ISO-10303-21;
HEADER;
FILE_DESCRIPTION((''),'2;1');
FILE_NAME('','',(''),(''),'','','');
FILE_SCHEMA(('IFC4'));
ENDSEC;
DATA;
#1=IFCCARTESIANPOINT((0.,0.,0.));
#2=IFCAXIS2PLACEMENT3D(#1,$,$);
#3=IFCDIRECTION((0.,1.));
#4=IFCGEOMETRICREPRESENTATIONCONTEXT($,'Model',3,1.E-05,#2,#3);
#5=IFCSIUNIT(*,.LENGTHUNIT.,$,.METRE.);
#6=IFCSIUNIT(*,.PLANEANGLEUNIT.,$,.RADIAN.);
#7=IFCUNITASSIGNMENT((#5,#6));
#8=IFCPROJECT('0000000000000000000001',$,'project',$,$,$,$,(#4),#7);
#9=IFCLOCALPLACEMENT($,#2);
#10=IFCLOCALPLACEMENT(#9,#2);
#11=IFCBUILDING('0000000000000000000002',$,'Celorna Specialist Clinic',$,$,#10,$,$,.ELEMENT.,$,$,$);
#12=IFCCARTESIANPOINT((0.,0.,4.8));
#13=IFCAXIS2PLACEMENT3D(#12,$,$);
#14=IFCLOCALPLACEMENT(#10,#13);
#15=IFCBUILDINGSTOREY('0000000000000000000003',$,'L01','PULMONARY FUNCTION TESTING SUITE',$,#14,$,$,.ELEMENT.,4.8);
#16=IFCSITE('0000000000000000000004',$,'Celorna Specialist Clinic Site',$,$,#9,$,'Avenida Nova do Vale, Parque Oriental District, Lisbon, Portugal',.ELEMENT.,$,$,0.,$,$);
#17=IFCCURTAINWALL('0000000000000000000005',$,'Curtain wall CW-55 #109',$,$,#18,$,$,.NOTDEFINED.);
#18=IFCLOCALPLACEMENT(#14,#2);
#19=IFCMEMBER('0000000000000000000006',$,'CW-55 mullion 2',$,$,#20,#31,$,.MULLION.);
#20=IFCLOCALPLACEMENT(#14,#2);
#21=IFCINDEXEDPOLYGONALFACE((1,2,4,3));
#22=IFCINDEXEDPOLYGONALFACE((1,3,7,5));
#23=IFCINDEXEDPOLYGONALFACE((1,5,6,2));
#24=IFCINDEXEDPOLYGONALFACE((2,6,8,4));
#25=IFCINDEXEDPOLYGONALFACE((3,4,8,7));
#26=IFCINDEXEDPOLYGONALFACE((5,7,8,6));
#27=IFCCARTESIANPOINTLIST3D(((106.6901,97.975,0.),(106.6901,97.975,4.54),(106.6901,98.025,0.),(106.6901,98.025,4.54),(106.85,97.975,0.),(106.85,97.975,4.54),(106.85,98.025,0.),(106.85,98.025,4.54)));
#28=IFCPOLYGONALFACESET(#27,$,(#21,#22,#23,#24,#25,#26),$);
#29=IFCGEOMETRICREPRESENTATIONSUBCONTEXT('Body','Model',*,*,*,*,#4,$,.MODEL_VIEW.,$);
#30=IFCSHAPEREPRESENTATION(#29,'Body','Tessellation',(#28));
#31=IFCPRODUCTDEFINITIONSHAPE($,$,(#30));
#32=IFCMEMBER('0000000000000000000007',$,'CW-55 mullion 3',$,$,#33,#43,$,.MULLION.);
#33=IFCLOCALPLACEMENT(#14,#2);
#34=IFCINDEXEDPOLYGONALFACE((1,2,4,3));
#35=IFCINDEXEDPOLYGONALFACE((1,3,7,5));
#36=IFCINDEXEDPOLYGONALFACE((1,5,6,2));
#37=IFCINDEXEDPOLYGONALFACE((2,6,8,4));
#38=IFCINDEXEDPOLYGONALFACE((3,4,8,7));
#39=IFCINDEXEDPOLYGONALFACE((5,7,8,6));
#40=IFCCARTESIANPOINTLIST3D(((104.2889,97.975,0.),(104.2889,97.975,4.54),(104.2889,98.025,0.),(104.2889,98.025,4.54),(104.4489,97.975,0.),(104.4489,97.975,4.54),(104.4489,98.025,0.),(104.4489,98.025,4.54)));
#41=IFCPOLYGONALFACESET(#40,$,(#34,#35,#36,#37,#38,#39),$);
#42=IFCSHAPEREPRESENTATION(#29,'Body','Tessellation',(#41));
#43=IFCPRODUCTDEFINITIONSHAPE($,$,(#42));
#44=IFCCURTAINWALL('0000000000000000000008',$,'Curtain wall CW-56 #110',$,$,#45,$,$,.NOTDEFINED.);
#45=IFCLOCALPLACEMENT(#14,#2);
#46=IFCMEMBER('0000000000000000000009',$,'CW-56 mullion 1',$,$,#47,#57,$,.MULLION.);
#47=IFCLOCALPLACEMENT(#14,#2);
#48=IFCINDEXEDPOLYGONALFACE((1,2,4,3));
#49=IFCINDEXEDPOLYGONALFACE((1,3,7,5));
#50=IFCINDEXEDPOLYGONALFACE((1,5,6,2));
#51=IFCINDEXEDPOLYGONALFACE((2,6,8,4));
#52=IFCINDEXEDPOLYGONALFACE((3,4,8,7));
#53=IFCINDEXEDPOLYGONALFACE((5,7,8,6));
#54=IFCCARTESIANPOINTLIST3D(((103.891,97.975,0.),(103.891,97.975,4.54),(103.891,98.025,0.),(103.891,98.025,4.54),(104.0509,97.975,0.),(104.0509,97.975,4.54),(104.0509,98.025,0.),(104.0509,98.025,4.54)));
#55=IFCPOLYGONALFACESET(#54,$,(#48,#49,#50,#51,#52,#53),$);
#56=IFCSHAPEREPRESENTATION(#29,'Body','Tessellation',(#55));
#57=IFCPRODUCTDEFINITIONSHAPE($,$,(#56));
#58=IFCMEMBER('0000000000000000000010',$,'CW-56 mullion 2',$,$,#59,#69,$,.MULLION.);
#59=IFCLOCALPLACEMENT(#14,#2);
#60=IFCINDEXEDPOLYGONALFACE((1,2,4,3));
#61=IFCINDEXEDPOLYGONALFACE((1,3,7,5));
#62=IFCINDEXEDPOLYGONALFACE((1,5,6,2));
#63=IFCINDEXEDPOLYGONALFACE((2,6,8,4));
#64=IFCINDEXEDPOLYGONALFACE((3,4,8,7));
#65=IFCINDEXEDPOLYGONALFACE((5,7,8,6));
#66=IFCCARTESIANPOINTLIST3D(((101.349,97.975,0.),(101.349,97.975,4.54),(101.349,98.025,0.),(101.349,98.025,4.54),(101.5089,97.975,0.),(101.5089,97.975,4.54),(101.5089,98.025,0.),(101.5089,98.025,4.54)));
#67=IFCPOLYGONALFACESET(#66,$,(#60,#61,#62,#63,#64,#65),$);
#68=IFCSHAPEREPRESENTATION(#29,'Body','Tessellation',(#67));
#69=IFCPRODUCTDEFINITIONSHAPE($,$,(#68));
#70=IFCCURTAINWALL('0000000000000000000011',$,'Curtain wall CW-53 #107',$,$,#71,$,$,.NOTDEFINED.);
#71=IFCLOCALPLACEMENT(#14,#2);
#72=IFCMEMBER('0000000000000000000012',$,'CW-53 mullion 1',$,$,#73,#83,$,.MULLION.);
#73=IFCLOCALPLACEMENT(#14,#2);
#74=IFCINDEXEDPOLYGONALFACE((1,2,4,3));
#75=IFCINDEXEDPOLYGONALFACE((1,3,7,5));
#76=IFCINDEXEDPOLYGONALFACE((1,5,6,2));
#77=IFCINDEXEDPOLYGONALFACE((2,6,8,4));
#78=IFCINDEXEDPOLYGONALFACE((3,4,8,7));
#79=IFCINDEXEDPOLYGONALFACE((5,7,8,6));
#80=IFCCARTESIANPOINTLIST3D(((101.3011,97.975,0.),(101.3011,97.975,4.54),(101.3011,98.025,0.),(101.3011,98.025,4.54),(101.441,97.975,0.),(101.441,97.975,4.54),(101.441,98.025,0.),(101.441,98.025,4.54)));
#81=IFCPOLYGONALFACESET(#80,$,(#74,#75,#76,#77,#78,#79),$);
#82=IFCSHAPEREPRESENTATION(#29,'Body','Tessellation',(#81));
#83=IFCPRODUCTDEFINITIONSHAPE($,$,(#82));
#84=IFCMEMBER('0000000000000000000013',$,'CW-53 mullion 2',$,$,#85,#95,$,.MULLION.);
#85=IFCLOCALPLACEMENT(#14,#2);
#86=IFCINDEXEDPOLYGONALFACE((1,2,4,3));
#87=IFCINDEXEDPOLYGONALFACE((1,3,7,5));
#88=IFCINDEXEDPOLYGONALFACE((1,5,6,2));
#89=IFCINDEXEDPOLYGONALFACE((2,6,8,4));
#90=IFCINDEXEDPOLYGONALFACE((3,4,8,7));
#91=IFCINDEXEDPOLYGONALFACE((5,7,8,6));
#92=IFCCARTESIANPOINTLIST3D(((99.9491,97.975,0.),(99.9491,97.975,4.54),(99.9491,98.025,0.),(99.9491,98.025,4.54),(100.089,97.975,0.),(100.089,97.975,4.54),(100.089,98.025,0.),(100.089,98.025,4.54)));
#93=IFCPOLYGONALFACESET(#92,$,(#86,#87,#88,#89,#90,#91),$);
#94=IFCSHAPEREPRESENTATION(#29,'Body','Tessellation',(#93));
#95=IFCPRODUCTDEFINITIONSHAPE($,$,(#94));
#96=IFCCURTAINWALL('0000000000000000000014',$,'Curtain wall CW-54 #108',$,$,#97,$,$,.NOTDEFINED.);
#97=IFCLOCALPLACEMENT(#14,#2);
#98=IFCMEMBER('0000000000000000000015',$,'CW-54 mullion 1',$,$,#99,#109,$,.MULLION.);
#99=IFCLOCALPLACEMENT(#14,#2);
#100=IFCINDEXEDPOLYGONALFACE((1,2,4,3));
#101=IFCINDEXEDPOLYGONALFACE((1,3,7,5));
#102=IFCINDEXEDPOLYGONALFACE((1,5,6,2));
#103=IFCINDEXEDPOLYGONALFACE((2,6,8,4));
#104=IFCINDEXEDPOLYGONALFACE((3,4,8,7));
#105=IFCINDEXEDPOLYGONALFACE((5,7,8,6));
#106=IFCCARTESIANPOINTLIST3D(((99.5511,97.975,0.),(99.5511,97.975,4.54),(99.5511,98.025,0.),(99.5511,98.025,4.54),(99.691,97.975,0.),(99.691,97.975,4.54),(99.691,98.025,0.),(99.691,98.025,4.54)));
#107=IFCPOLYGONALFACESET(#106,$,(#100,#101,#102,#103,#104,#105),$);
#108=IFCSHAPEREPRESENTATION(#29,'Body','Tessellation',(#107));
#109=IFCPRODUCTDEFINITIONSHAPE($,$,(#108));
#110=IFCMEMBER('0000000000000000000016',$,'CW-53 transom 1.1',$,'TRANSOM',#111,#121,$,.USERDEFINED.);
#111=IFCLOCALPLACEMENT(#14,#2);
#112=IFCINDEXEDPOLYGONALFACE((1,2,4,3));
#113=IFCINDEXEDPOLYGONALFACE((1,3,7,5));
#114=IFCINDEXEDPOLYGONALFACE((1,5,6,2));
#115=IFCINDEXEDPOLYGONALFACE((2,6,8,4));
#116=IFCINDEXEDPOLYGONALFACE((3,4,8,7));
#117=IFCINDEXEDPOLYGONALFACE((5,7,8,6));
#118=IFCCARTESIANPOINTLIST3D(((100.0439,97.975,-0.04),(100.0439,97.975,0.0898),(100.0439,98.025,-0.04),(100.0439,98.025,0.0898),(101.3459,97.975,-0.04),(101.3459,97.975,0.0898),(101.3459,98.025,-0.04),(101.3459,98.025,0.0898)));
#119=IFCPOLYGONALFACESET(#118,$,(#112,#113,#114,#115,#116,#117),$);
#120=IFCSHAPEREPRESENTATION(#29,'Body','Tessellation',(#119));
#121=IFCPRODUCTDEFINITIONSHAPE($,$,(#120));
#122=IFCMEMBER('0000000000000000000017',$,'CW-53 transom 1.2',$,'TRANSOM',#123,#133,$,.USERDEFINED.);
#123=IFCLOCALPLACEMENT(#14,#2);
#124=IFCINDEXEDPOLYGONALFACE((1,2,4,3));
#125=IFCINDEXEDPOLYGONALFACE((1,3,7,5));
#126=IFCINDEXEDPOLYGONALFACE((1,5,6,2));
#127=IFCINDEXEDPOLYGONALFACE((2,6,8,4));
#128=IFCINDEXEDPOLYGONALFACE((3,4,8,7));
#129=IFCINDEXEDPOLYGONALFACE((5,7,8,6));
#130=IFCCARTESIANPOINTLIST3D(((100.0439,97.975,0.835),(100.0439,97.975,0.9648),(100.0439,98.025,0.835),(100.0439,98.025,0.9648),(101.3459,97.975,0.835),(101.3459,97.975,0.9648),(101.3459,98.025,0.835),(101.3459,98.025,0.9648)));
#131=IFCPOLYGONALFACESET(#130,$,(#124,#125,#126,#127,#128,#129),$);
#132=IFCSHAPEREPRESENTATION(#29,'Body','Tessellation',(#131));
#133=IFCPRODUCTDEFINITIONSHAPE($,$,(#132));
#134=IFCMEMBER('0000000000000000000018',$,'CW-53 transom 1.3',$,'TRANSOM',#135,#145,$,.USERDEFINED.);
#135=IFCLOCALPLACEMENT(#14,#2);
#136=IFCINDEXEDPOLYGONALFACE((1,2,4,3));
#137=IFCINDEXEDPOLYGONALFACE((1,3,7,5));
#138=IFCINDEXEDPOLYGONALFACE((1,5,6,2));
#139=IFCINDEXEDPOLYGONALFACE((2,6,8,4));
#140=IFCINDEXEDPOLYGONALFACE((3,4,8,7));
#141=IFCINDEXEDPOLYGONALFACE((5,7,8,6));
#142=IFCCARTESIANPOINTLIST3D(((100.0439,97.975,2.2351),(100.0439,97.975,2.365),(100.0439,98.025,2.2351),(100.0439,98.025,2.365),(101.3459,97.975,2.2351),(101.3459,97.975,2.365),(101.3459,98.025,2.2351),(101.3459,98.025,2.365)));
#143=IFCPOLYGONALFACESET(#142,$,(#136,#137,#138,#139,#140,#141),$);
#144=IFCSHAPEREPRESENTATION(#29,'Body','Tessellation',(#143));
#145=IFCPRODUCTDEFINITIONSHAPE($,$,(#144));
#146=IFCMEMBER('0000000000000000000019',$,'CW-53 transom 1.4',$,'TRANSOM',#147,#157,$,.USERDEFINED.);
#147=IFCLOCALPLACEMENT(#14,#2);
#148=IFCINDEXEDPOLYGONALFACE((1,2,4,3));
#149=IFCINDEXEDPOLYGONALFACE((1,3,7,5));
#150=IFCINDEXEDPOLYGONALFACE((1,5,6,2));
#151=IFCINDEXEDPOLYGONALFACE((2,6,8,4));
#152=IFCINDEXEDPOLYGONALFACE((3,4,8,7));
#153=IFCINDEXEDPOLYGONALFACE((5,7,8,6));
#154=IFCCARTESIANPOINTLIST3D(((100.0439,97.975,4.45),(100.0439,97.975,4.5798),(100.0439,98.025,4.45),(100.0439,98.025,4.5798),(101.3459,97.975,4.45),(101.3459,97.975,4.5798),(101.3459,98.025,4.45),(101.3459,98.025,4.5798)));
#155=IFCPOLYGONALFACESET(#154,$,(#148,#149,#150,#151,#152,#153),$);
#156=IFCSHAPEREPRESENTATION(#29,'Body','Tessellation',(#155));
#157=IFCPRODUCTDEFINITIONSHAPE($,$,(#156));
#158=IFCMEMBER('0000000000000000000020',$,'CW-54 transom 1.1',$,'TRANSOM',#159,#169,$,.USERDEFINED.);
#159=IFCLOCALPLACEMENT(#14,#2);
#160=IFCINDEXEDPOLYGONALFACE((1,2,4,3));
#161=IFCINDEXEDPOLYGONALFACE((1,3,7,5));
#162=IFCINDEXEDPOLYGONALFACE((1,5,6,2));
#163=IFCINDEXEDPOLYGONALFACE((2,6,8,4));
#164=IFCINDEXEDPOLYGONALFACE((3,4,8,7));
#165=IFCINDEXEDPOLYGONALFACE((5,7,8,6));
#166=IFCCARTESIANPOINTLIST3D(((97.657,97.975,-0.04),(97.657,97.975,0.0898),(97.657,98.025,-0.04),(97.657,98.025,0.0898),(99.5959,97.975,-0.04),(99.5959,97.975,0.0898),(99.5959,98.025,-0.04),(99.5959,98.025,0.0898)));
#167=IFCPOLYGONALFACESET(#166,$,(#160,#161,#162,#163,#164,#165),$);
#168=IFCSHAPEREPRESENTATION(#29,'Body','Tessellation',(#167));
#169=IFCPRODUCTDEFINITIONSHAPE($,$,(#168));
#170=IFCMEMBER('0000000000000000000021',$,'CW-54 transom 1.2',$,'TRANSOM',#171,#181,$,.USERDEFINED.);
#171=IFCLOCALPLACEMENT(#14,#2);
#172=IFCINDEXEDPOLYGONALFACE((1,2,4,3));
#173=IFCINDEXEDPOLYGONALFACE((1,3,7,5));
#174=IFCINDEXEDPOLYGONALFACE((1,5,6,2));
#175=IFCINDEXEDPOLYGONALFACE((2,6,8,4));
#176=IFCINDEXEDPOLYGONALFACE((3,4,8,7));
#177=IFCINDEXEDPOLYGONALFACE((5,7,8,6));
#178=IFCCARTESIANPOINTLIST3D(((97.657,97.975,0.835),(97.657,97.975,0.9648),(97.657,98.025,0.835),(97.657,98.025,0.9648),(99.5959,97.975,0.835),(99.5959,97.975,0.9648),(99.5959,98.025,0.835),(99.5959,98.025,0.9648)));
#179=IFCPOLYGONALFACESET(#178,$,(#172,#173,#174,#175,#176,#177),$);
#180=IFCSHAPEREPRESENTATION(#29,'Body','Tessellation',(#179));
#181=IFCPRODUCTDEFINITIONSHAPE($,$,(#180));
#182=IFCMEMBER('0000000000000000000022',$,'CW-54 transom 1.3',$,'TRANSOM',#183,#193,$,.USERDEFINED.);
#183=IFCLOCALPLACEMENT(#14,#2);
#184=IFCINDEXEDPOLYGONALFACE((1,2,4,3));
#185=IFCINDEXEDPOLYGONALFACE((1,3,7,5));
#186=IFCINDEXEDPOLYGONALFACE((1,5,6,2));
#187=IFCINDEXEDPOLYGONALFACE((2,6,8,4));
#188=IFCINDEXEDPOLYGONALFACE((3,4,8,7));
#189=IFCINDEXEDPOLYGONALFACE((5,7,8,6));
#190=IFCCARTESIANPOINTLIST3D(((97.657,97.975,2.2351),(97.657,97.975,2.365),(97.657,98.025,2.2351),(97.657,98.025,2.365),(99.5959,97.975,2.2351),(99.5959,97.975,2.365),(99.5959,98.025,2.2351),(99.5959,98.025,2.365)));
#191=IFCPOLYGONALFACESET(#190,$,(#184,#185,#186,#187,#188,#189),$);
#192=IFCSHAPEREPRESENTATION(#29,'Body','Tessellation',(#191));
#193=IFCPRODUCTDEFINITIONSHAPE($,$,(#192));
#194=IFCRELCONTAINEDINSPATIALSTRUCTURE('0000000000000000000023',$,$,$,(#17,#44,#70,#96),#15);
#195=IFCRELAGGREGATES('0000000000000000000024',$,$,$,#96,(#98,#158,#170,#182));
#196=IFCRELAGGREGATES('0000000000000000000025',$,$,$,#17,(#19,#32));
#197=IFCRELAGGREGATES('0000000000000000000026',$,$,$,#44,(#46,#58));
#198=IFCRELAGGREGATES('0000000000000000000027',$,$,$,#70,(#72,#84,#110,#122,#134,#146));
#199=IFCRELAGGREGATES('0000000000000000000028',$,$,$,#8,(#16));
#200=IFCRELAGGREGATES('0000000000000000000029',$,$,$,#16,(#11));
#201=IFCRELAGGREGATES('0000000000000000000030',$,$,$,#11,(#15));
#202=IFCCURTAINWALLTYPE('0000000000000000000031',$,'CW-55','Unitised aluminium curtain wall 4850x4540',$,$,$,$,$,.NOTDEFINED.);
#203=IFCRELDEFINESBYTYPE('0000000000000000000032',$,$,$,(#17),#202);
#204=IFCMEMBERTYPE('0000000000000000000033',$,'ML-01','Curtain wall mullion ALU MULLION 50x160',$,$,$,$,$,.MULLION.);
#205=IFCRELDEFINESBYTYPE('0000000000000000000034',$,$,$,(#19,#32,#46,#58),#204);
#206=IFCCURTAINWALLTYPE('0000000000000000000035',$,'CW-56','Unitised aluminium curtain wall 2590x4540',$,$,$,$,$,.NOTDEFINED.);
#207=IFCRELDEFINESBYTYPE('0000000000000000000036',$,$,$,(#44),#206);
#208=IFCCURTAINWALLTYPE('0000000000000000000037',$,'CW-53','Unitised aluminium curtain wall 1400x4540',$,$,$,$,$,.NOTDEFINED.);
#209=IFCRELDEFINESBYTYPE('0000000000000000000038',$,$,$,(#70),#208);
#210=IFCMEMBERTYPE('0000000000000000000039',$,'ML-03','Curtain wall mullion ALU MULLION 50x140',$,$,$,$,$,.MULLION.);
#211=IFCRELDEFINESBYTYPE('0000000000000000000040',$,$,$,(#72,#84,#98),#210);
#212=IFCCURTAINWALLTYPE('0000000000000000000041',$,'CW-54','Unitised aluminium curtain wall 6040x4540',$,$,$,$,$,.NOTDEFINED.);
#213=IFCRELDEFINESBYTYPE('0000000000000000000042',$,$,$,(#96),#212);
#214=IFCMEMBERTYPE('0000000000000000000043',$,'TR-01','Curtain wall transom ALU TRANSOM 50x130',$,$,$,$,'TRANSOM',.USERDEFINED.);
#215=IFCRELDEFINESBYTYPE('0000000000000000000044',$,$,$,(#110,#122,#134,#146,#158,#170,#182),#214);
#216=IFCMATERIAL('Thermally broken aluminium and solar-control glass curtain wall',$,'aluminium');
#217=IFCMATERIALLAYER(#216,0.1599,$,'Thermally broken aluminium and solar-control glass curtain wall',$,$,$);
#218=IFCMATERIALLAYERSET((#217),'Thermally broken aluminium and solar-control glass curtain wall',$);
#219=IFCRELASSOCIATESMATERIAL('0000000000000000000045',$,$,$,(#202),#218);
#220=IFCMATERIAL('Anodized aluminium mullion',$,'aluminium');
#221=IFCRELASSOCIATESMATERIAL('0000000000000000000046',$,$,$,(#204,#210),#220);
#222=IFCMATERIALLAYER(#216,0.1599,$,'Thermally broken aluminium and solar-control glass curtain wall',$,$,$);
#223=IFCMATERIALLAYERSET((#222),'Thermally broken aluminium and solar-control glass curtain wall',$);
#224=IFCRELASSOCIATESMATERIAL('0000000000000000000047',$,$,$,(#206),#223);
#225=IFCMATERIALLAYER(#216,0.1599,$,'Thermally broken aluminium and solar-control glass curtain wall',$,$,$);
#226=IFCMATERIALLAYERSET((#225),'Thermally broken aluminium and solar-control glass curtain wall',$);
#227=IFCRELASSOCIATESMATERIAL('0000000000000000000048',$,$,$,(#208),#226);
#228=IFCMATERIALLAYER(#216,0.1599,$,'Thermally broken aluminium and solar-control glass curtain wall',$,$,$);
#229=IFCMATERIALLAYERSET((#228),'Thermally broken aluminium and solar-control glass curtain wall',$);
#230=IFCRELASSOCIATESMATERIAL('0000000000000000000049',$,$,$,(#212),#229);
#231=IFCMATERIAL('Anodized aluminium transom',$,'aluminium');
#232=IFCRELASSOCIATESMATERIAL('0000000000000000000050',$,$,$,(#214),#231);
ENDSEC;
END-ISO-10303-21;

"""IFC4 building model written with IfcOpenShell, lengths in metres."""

from ifc_helpers import new_model, si_unit, direction, frame, origin, origin_2d, place, context, subcontext, project, spatial, rectangle, extrude, material, layer, layer_set, material_profile, profile_set, type_object, element, aggregate, save


model = new_model("IFC4")

# Units and contexts
model_context = context("Model", 3, precision=1e-05, world=origin(), true_north=direction((0.0, 1.0)))
body_context = subcontext(model_context, "Body", "Model", "MODEL_VIEW")
ifc_project = project(units=[si_unit("LENGTHUNIT", "METRE"), si_unit("PLANEANGLEUNIT", "RADIAN")], contexts=[model_context])

# Site, building, storey
site_placement = place(None, origin())
site = spatial("IfcSite", under=ifc_project, at=site_placement, Name="Celorna Specialist Clinic Site", LongName="Avenida Nova do Vale, Parque Oriental District, Lisbon, Portugal", CompositionType="ELEMENT", RefElevation=0.0)
building_placement = place(site_placement, origin())
building = spatial("IfcBuilding", under=site, at=building_placement, Name="Celorna Specialist Clinic", CompositionType="ELEMENT")
storey_placement = place(building_placement, frame((0.0, 0.0, 4.8)))
storey = spatial("IfcBuildingStorey", under=building, at=storey_placement, Name="L01", Description="PULMONARY FUNCTION TESTING SUITE", CompositionType="ELEMENT", Elevation=4.8)

# Curtain walls, members
ifc_material_1 = material(Name="Thermally broken aluminium and solar-control glass curtain wall", Category="aluminium")
ifc_layer_1 = layer(ifc_material_1, 0.1599, Name="Thermally broken aluminium and solar-control glass curtain wall")
ifc_layer_set_1 = layer_set([ifc_layer_1], Name="Thermally broken aluminium and solar-control glass curtain wall")
curtain_wall_type_1 = type_object("IfcCurtainWallType", Name="CW-55", Description="Unitised aluminium curtain wall 4850x4540", PredefinedType="NOTDEFINED", material=ifc_layer_set_1)
curtain_wall_1_placement = place(storey_placement, origin())
curtain_wall_1 = element("IfcCurtainWall", 1, at=curtain_wall_1_placement, inside=storey, type_object=curtain_wall_type_1, Name="Curtain wall CW-55 #109", PredefinedType="NOTDEFINED")
ifc_material_2 = material(Name="Anodized aluminium mullion", Category="aluminium")
ifc_material_profile_1 = material_profile(ifc_material_2, rectangle(XDim=0.05, YDim=0.1599, at=origin_2d()), Name="ALU MULLION 50x160")
ifc_profile_set_1 = profile_set([ifc_material_profile_1], Name="Anodized aluminium mullion")
member_type_1 = type_object("IfcMemberType", Name="ML-01", Description="Curtain wall mullion ALU MULLION 50x160", PredefinedType="MULLION", material=ifc_profile_set_1)
member_1_placement = place(storey_placement, frame((106.77, 98.0, 0.0), z_axis=(0.0, 0.0, 1.0), x_axis=(0.0, -1.0, 0.0)))
member_1 = element("IfcMember", 2, at=member_1_placement, type_object=member_type_1, Name="CW-55 mullion 2", PredefinedType="MULLION", context=body_context, shape_type="SweptSolid", body=[
    extrude(rectangle(XDim=0.05, YDim=0.1599, at=origin_2d()), origin(), (0.0, 0.0, 1.0), 4.54),
])
member_2_placement = place(storey_placement, frame((104.3689, 98.0, 0.0), z_axis=(0.0, 0.0, 1.0), x_axis=(0.0, -1.0, 0.0)))
member_2 = element("IfcMember", 3, at=member_2_placement, type_object=member_type_1, Name="CW-55 mullion 3", PredefinedType="MULLION", context=body_context, shape_type="SweptSolid", body=[
    extrude(rectangle(XDim=0.05, YDim=0.1599, at=origin_2d()), origin(), (0.0, 0.0, 1.0), 4.54),
])
ifc_layer_2 = layer(ifc_material_1, 0.1599, Name="Thermally broken aluminium and solar-control glass curtain wall")
ifc_layer_set_2 = layer_set([ifc_layer_2], Name="Thermally broken aluminium and solar-control glass curtain wall")
curtain_wall_type_2 = type_object("IfcCurtainWallType", Name="CW-56", Description="Unitised aluminium curtain wall 2590x4540", PredefinedType="NOTDEFINED", material=ifc_layer_set_2)
curtain_wall_2_placement = place(storey_placement, origin())
curtain_wall_2 = element("IfcCurtainWall", 4, at=curtain_wall_2_placement, inside=storey, type_object=curtain_wall_type_2, Name="Curtain wall CW-56 #110", PredefinedType="NOTDEFINED")
member_3_placement = place(storey_placement, frame((103.9709, 98.0, 0.0), z_axis=(0.0, 0.0, 1.0), x_axis=(0.0, -1.0, 0.0)))
member_3 = element("IfcMember", 5, at=member_3_placement, type_object=member_type_1, Name="CW-56 mullion 1", PredefinedType="MULLION", context=body_context, shape_type="SweptSolid", body=[
    extrude(rectangle(XDim=0.05, YDim=0.1599, at=origin_2d()), origin(), (0.0, 0.0, 1.0), 4.54),
])
member_4_placement = place(storey_placement, frame((101.429, 98.0, 0.0), z_axis=(0.0, 0.0, 1.0), x_axis=(0.0, -1.0, 0.0)))
member_4 = element("IfcMember", 6, at=member_4_placement, type_object=member_type_1, Name="CW-56 mullion 2", PredefinedType="MULLION", context=body_context, shape_type="SweptSolid", body=[
    extrude(rectangle(XDim=0.05, YDim=0.1599, at=origin_2d()), origin(), (0.0, 0.0, 1.0), 4.54),
])
ifc_layer_3 = layer(ifc_material_1, 0.1599, Name="Thermally broken aluminium and solar-control glass curtain wall")
ifc_layer_set_3 = layer_set([ifc_layer_3], Name="Thermally broken aluminium and solar-control glass curtain wall")
curtain_wall_type_3 = type_object("IfcCurtainWallType", Name="CW-53", Description="Unitised aluminium curtain wall 1400x4540", PredefinedType="NOTDEFINED", material=ifc_layer_set_3)
curtain_wall_3_placement = place(storey_placement, origin())
curtain_wall_3 = element("IfcCurtainWall", 7, at=curtain_wall_3_placement, inside=storey, type_object=curtain_wall_type_3, Name="Curtain wall CW-53 #107", PredefinedType="NOTDEFINED")
ifc_material_profile_2 = material_profile(ifc_material_2, rectangle(XDim=0.05, YDim=0.1399, at=origin_2d()), Name="ALU MULLION 50x140")
ifc_profile_set_2 = profile_set([ifc_material_profile_2], Name="Anodized aluminium mullion")
member_type_2 = type_object("IfcMemberType", Name="ML-03", Description="Curtain wall mullion ALU MULLION 50x140", PredefinedType="MULLION", material=ifc_profile_set_2)
member_5_placement = place(storey_placement, frame((101.3711, 98.0, 0.0), z_axis=(0.0, 0.0, 1.0), x_axis=(0.0, -1.0, 0.0)))
member_5 = element("IfcMember", 8, at=member_5_placement, type_object=member_type_2, Name="CW-53 mullion 1", PredefinedType="MULLION", context=body_context, shape_type="SweptSolid", body=[
    extrude(rectangle(XDim=0.05, YDim=0.1399, at=origin_2d()), origin(), (0.0, 0.0, 1.0), 4.54),
])
member_6_placement = place(storey_placement, frame((100.019, 98.0, 0.0), z_axis=(0.0, 0.0, 1.0), x_axis=(0.0, -1.0, 0.0)))
member_6 = element("IfcMember", 9, at=member_6_placement, type_object=member_type_2, Name="CW-53 mullion 2", PredefinedType="MULLION", context=body_context, shape_type="SweptSolid", body=[
    extrude(rectangle(XDim=0.05, YDim=0.1399, at=origin_2d()), origin(), (0.0, 0.0, 1.0), 4.54),
])

# Curtain wall, member
ifc_layer_4 = layer(ifc_material_1, 0.1599, Name="Thermally broken aluminium and solar-control glass curtain wall")
ifc_layer_set_4 = layer_set([ifc_layer_4], Name="Thermally broken aluminium and solar-control glass curtain wall")
curtain_wall_type_4 = type_object("IfcCurtainWallType", Name="CW-54", Description="Unitised aluminium curtain wall 6040x4540", PredefinedType="NOTDEFINED", material=ifc_layer_set_4)
curtain_wall_4_placement = place(storey_placement, origin())
curtain_wall_4 = element("IfcCurtainWall", 10, at=curtain_wall_4_placement, inside=storey, type_object=curtain_wall_type_4, Name="Curtain wall CW-54 #108", PredefinedType="NOTDEFINED")
member_7_placement = place(storey_placement, frame((99.6211, 98.0, 0.0), z_axis=(0.0, 0.0, 1.0), x_axis=(0.0, -1.0, 0.0)))
member_7 = element("IfcMember", 11, at=member_7_placement, type_object=member_type_2, Name="CW-54 mullion 1", PredefinedType="MULLION", context=body_context, shape_type="SweptSolid", body=[
    extrude(rectangle(XDim=0.05, YDim=0.1399, at=origin_2d()), origin(), (0.0, 0.0, 1.0), 4.54),
])

# Members
ifc_material_3 = material(Name="Anodized aluminium transom", Category="aluminium")
ifc_material_profile_3 = material_profile(ifc_material_3, rectangle(XDim=0.05, YDim=0.1299, at=origin_2d()), Name="ALU TRANSOM 50x130")
ifc_profile_set_3 = profile_set([ifc_material_profile_3], Name="Anodized aluminium transom")
member_type_3 = type_object("IfcMemberType", Name="TR-01", Description="Curtain wall transom ALU TRANSOM 50x130", ElementType="TRANSOM", PredefinedType="USERDEFINED", material=ifc_profile_set_3)
member_8_placement = place(storey_placement, frame((101.3459, 98.0, 0.0249), z_axis=(-1.0, 0.0, 0.0), x_axis=(0.0, -1.0, 0.0)))
member_8 = element("IfcMember", 12, at=member_8_placement, type_object=member_type_3, Name="CW-53 transom 1.1", ObjectType="TRANSOM", PredefinedType="USERDEFINED", context=body_context, shape_type="SweptSolid", body=[
    extrude(rectangle(XDim=0.05, YDim=0.1299, at=origin_2d()), origin(), (0.0, 0.0, 1.0), 1.302),
])
member_9_placement = place(storey_placement, frame((101.3459, 98.0, 0.8999), z_axis=(-1.0, 0.0, 0.0), x_axis=(0.0, -1.0, 0.0)))
member_9 = element("IfcMember", 13, at=member_9_placement, type_object=member_type_3, Name="CW-53 transom 1.2", ObjectType="TRANSOM", PredefinedType="USERDEFINED", context=body_context, shape_type="SweptSolid", body=[
    extrude(rectangle(XDim=0.05, YDim=0.1299, at=origin_2d()), origin(), (0.0, 0.0, 1.0), 1.302),
])
member_10_placement = place(storey_placement, frame((101.3459, 98.0, 2.3), z_axis=(-1.0, 0.0, 0.0), x_axis=(0.0, -1.0, 0.0)))
member_10 = element("IfcMember", 14, at=member_10_placement, type_object=member_type_3, Name="CW-53 transom 1.3", ObjectType="TRANSOM", PredefinedType="USERDEFINED", context=body_context, shape_type="SweptSolid", body=[
    extrude(rectangle(XDim=0.05, YDim=0.1299, at=origin_2d()), origin(), (0.0, 0.0, 1.0), 1.302),
])
member_11_placement = place(storey_placement, frame((101.3459, 98.0, 4.5149), z_axis=(-1.0, 0.0, 0.0), x_axis=(0.0, -1.0, 0.0)))
member_11 = element("IfcMember", 15, at=member_11_placement, type_object=member_type_3, Name="CW-53 transom 1.4", ObjectType="TRANSOM", PredefinedType="USERDEFINED", context=body_context, shape_type="SweptSolid", body=[
    extrude(rectangle(XDim=0.05, YDim=0.1299, at=origin_2d()), origin(), (0.0, 0.0, 1.0), 1.302),
])
member_12_placement = place(storey_placement, frame((99.5959, 98.0, 0.0249), z_axis=(-1.0, 0.0, 0.0), x_axis=(0.0, -1.0, 0.0)))
member_12 = element("IfcMember", 16, at=member_12_placement, type_object=member_type_3, Name="CW-54 transom 1.1", ObjectType="TRANSOM", PredefinedType="USERDEFINED", context=body_context, shape_type="SweptSolid", body=[
    extrude(rectangle(XDim=0.05, YDim=0.1299, at=origin_2d()), origin(), (0.0, 0.0, 1.0), 1.939),
])
member_13_placement = place(storey_placement, frame((99.5959, 98.0, 0.8999), z_axis=(-1.0, 0.0, 0.0), x_axis=(0.0, -1.0, 0.0)))
member_13 = element("IfcMember", 17, at=member_13_placement, type_object=member_type_3, Name="CW-54 transom 1.2", ObjectType="TRANSOM", PredefinedType="USERDEFINED", context=body_context, shape_type="SweptSolid", body=[
    extrude(rectangle(XDim=0.05, YDim=0.1299, at=origin_2d()), origin(), (0.0, 0.0, 1.0), 1.939),
])
member_14_placement = place(storey_placement, frame((99.5959, 98.0, 2.3), z_axis=(-1.0, 0.0, 0.0), x_axis=(0.0, -1.0, 0.0)))
member_14 = element("IfcMember", 18, at=member_14_placement, type_object=member_type_3, Name="CW-54 transom 1.3", ObjectType="TRANSOM", PredefinedType="USERDEFINED", context=body_context, shape_type="SweptSolid", body=[
    extrude(rectangle(XDim=0.05, YDim=0.1299, at=origin_2d()), origin(), (0.0, 0.0, 1.0), 1.939),
])
aggregate(curtain_wall_4, [member_7, member_12, member_13, member_14])

aggregate(curtain_wall_1, [member_1, member_2])
aggregate(curtain_wall_2, [member_3, member_4])
aggregate(curtain_wall_3, [member_5, member_6, member_8, member_9, member_10, member_11])

save(model, "model.ifc")
